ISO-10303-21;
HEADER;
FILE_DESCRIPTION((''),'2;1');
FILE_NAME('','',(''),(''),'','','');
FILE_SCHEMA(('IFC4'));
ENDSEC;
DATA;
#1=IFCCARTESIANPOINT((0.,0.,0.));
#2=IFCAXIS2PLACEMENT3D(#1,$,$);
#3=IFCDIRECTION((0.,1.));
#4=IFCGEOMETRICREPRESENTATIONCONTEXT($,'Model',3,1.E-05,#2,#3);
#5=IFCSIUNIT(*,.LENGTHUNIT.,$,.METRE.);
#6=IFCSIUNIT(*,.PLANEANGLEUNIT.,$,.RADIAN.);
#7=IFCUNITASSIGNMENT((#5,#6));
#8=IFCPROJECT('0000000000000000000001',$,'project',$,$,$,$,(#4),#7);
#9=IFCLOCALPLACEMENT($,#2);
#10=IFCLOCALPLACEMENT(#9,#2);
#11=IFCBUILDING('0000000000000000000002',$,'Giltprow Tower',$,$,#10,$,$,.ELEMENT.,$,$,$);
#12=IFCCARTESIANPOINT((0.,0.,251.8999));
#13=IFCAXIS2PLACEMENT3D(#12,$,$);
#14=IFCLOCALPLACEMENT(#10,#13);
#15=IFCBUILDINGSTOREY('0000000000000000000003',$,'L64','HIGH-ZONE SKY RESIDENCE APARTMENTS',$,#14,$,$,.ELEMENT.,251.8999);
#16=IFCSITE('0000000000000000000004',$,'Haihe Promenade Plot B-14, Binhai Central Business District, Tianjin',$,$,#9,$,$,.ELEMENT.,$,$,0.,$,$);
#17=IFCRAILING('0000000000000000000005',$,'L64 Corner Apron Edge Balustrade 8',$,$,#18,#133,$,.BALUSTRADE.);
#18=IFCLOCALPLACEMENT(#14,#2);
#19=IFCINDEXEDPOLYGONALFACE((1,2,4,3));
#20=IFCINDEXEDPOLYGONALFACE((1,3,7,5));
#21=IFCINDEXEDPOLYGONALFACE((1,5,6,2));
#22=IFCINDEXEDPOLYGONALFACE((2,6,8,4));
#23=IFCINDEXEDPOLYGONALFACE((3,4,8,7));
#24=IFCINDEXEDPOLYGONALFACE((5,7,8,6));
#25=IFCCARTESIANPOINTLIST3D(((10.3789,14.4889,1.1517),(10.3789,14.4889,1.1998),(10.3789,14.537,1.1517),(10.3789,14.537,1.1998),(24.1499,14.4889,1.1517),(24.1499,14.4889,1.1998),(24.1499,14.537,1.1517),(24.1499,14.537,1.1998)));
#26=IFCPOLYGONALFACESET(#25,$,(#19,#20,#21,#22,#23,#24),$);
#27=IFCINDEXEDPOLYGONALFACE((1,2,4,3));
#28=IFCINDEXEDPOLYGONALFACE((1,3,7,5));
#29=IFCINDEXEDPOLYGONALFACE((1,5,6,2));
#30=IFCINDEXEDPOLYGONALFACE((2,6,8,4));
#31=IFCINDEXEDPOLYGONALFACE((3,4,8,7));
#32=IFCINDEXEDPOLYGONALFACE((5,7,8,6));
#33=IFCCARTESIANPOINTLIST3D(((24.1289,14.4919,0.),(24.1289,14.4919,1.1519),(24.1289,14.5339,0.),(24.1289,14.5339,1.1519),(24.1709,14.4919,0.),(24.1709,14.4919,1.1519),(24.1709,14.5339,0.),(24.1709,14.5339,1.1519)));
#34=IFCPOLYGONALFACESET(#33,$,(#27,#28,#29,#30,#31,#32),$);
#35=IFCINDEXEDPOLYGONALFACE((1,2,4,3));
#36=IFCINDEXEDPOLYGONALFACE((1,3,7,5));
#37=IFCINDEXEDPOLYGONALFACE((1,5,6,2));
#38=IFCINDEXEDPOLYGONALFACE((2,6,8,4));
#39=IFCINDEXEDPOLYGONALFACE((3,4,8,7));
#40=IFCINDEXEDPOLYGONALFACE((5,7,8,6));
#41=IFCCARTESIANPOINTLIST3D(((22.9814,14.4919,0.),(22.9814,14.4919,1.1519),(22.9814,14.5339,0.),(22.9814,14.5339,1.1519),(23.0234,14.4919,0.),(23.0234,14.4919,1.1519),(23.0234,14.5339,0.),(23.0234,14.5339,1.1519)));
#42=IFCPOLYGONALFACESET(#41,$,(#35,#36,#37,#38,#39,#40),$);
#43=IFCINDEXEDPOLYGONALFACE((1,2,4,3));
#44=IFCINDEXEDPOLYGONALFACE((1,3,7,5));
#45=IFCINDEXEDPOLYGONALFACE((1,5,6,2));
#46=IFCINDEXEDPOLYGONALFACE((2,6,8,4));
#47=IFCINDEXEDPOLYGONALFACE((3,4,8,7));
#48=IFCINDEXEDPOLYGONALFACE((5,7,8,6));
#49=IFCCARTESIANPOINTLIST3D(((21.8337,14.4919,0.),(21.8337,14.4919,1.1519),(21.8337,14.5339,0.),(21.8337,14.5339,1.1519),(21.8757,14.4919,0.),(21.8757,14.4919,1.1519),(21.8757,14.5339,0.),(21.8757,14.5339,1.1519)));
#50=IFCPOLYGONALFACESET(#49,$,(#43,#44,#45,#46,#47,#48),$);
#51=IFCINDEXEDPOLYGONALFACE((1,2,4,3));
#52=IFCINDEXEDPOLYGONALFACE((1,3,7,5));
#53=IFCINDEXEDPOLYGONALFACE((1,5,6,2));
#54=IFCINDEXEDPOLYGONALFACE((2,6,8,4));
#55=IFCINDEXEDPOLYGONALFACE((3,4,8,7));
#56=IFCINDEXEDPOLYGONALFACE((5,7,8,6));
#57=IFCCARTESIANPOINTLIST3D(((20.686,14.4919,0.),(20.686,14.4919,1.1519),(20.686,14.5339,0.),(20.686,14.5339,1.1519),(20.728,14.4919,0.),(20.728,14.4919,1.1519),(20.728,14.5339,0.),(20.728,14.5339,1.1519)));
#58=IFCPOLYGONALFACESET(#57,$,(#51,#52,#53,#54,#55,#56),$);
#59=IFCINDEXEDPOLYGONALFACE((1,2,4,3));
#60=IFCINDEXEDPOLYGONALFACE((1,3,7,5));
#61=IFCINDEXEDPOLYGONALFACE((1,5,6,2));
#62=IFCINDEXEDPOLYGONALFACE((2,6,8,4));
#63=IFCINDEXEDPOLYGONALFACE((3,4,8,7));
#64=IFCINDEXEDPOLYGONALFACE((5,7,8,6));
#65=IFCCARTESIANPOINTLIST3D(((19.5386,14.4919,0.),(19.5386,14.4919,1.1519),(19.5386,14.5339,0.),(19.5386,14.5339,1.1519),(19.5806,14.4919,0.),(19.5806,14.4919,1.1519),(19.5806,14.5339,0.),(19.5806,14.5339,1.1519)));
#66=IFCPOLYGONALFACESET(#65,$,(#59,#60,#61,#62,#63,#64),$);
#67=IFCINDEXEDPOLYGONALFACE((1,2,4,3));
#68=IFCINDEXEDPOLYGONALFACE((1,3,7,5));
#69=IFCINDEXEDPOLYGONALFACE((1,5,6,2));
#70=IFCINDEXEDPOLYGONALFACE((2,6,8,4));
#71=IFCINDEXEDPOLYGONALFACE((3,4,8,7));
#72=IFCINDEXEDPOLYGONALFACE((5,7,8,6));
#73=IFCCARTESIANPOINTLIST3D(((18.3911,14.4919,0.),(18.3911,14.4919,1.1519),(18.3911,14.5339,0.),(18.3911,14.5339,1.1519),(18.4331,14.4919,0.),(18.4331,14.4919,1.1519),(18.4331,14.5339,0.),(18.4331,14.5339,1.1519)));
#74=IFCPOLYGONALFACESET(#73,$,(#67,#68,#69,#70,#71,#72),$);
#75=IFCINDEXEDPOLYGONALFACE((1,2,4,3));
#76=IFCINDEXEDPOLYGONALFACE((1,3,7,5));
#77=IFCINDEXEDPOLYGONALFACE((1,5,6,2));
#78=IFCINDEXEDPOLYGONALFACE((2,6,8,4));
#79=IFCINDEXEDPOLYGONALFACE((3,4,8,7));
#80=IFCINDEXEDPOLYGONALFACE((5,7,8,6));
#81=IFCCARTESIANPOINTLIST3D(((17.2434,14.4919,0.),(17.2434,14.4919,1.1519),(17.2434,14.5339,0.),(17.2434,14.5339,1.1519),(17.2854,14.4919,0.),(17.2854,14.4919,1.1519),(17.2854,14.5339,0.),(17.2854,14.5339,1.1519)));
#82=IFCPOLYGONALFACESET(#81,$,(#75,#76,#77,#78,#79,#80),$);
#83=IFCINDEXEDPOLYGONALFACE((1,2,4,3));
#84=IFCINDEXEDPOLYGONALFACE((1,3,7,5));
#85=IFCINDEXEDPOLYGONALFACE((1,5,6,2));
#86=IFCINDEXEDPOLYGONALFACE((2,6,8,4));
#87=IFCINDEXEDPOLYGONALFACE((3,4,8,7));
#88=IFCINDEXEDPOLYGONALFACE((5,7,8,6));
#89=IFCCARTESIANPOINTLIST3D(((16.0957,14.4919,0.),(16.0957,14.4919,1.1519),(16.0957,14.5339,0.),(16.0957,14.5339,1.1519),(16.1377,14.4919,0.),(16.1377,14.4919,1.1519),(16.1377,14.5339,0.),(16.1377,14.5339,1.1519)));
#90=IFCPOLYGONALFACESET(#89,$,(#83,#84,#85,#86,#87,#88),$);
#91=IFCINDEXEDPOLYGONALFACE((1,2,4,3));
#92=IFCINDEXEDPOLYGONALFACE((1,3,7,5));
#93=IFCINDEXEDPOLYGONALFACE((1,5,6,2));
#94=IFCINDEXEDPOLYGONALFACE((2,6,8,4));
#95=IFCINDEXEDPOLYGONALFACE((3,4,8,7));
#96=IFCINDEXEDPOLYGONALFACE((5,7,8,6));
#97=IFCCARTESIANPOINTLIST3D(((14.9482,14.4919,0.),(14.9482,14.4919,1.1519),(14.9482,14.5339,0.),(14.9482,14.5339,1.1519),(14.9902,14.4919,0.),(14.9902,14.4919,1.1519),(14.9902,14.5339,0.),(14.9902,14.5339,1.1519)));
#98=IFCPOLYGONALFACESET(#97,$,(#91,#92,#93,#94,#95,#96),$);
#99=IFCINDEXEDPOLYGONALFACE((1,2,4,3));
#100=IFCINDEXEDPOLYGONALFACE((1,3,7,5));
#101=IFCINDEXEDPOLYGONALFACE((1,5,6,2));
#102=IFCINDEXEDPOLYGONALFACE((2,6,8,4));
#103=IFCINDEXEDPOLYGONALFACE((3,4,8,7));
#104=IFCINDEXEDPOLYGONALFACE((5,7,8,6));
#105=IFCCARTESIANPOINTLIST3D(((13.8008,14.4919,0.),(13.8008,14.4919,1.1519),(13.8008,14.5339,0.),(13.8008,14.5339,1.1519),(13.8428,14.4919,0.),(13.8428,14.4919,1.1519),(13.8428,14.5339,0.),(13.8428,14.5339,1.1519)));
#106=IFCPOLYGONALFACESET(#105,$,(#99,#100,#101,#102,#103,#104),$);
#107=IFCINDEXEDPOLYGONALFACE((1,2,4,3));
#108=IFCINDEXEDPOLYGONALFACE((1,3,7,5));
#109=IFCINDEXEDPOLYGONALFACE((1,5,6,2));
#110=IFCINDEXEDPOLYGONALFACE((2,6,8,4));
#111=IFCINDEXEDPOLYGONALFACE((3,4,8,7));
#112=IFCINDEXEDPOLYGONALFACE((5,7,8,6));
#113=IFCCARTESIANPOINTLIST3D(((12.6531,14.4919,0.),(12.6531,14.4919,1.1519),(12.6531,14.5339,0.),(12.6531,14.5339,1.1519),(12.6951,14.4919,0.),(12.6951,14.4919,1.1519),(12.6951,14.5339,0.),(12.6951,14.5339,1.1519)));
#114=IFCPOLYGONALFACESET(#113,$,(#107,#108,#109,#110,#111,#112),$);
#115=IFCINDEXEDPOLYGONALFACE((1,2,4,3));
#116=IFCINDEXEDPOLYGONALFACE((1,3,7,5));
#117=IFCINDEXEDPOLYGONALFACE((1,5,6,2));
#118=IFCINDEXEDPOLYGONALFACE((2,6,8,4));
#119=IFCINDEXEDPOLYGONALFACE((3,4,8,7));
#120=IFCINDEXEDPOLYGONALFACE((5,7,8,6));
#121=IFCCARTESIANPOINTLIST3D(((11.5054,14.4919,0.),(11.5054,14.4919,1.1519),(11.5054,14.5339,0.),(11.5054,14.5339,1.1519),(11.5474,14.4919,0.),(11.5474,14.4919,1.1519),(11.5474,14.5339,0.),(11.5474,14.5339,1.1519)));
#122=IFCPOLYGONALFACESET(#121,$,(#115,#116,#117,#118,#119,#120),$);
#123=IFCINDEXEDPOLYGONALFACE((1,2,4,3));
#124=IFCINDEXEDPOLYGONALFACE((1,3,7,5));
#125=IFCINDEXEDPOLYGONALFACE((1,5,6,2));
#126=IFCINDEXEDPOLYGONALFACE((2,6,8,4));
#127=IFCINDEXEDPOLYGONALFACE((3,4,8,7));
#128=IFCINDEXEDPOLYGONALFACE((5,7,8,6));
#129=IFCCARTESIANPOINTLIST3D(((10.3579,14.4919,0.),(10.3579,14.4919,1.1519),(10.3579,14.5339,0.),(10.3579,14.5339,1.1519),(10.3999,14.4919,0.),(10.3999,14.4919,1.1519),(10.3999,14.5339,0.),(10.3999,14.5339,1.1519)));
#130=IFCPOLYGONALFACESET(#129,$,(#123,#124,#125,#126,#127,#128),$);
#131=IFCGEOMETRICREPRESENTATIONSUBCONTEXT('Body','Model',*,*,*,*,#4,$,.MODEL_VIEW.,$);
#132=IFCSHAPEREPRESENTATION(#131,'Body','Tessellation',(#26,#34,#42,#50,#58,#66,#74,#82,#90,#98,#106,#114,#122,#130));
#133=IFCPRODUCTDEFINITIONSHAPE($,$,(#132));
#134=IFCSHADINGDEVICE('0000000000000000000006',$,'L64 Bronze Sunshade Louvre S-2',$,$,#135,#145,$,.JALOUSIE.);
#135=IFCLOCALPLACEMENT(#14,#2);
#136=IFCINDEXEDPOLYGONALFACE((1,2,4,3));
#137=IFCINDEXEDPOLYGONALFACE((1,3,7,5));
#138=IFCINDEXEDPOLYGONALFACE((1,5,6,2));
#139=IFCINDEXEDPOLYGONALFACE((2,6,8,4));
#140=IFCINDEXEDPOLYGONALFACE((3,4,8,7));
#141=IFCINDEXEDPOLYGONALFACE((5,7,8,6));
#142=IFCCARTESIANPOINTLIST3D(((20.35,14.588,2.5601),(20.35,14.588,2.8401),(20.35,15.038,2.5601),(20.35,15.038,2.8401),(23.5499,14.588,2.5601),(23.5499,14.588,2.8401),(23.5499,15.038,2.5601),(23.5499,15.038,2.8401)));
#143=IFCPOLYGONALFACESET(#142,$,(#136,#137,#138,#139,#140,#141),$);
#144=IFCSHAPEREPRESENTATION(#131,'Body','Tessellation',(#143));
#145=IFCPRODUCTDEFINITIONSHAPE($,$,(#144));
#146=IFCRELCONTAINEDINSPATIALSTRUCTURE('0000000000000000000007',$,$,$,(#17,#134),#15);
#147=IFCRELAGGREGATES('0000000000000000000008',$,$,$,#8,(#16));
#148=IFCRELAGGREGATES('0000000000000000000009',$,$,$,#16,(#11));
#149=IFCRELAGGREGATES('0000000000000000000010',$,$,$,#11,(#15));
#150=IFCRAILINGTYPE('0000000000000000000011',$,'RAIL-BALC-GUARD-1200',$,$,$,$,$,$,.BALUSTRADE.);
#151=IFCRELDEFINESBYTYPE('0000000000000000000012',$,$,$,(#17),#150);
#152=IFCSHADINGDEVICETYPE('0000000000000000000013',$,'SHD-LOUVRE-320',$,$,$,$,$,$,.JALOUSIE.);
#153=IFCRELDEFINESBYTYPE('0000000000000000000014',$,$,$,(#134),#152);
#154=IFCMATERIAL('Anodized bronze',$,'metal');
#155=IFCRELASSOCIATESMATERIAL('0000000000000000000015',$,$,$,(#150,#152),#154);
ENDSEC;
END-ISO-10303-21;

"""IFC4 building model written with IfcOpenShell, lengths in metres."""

from ifc_helpers import new_model, si_unit, direction, frame, origin, origin_2d, place, context, subcontext, project, spatial, rectangle, extrude, source, transform, mapped, material, type_object, element, save


model = new_model("IFC4")

# Units and contexts
model_context = context("Model", 3, precision=1e-05, world=origin(), true_north=direction((0.0, 1.0)))
body_context = subcontext(model_context, "Body", "Model", "MODEL_VIEW")
ifc_project = project(units=[si_unit("LENGTHUNIT", "METRE"), si_unit("PLANEANGLEUNIT", "RADIAN")], contexts=[model_context])

# Site, building, storey
site_placement = place(None, origin())
site = spatial("IfcSite", under=ifc_project, at=site_placement, Name="Haihe Promenade Plot B-14, Binhai Central Business District, Tianjin", CompositionType="ELEMENT", RefElevation=0.0)
building_placement = place(site_placement, origin())
building = spatial("IfcBuilding", under=site, at=building_placement, Name="Giltprow Tower", CompositionType="ELEMENT")
storey_placement = place(building_placement, frame((0.0, 0.0, 251.8999)))
storey = spatial("IfcBuildingStorey", under=building, at=storey_placement, Name="L64", Description="HIGH-ZONE SKY RESIDENCE APARTMENTS", CompositionType="ELEMENT", Elevation=251.8999)

# Shared definitions
ifc_material_1 = material(Name="Anodized bronze", Category="metal")

# Railing
railing_type = type_object("IfcRailingType", Name="RAIL-BALC-GUARD-1200", PredefinedType="BALUSTRADE", material=ifc_material_1)
railing_1_placement = place(storey_placement, frame((24.1499, 14.5129, 0.0)))
element("IfcRailing", 1, at=railing_1_placement, inside=storey, type_object=railing_type, Name="L64 Corner Apron Edge Balustrade 8", PredefinedType="BALUSTRADE", context=body_context, shape_type="SweptSolid", body=[
    extrude(rectangle(XDim=0.0481, YDim=0.0481, at=origin_2d()), frame((0.0, 0.0, 1.1758), z_axis=(-1.0, 0.0, 0.0), x_axis=(0.0, -1.0, 0.0)), (0.0, 0.0, 1.0), 13.771),
    extrude(rectangle(XDim=0.042, YDim=0.042, at=origin_2d()), origin(), (0.0, 0.0, 1.0), 1.1519),
    extrude(rectangle(XDim=0.042, YDim=0.042, at=origin_2d()), frame((-1.1475, 0.0, 0.0)), (0.0, 0.0, 1.0), 1.1519),
    extrude(rectangle(XDim=0.042, YDim=0.042, at=origin_2d()), frame((-2.2952, 0.0, 0.0)), (0.0, 0.0, 1.0), 1.1519),
    extrude(rectangle(XDim=0.042, YDim=0.042, at=origin_2d()), frame((-3.4429, 0.0, 0.0)), (0.0, 0.0, 1.0), 1.1519),
    extrude(rectangle(XDim=0.042, YDim=0.042, at=origin_2d()), frame((-4.5903, 0.0, 0.0)), (0.0, 0.0, 1.0), 1.1519),
    extrude(rectangle(XDim=0.042, YDim=0.042, at=origin_2d()), frame((-5.7378, 0.0, 0.0)), (0.0, 0.0, 1.0), 1.1519),
    extrude(rectangle(XDim=0.042, YDim=0.042, at=origin_2d()), frame((-6.8855, 0.0, 0.0)), (0.0, 0.0, 1.0), 1.1519),
    extrude(rectangle(XDim=0.042, YDim=0.042, at=origin_2d()), frame((-8.0332, 0.0, 0.0)), (0.0, 0.0, 1.0), 1.1519),
    extrude(rectangle(XDim=0.042, YDim=0.042, at=origin_2d()), frame((-9.1807, 0.0, 0.0)), (0.0, 0.0, 1.0), 1.1519),
    extrude(rectangle(XDim=0.042, YDim=0.042, at=origin_2d()), frame((-10.3281, 0.0, 0.0)), (0.0, 0.0, 1.0), 1.1519),
    extrude(rectangle(XDim=0.042, YDim=0.042, at=origin_2d()), frame((-11.4758, 0.0, 0.0)), (0.0, 0.0, 1.0), 1.1519),
    extrude(rectangle(XDim=0.042, YDim=0.042, at=origin_2d()), frame((-12.6235, 0.0, 0.0)), (0.0, 0.0, 1.0), 1.1519),
    extrude(rectangle(XDim=0.042, YDim=0.042, at=origin_2d()), frame((-13.771, 0.0, 0.0)), (0.0, 0.0, 1.0), 1.1519),
])

# Shading device
shading_device_type = type_object("IfcShadingDeviceType", Name="SHD-LOUVRE-320", PredefinedType="JALOUSIE", material=ifc_material_1)
shared_shape_1 = source(origin(), body_context, "Body", "SweptSolid", [
    extrude(rectangle(XDim=3.2, YDim=0.45, at=origin_2d()), origin(), (0.0, 0.0, 1.0), 0.28),
])
shading_device_placement = place(storey_placement, frame((21.95, 14.813, 2.5601), z_axis=(0.0, 0.0, 1.0), x_axis=(1.0, 0.0, 0.0)))
element("IfcShadingDevice", 2, at=shading_device_placement, inside=storey, type_object=shading_device_type, Name="L64 Bronze Sunshade Louvre S-2", PredefinedType="JALOUSIE", context=body_context, shape_type="MappedRepresentation", body=[
    mapped(shared_shape_1, transform((0.0, 0.0, 0.0), x_axis=(1.0, 0.0, 0.0), y_axis=(0.0, 1.0, 0.0), z_axis=(0.0, 0.0, 1.0), scale=1.0)),
])

save(model, "model.ifc")
